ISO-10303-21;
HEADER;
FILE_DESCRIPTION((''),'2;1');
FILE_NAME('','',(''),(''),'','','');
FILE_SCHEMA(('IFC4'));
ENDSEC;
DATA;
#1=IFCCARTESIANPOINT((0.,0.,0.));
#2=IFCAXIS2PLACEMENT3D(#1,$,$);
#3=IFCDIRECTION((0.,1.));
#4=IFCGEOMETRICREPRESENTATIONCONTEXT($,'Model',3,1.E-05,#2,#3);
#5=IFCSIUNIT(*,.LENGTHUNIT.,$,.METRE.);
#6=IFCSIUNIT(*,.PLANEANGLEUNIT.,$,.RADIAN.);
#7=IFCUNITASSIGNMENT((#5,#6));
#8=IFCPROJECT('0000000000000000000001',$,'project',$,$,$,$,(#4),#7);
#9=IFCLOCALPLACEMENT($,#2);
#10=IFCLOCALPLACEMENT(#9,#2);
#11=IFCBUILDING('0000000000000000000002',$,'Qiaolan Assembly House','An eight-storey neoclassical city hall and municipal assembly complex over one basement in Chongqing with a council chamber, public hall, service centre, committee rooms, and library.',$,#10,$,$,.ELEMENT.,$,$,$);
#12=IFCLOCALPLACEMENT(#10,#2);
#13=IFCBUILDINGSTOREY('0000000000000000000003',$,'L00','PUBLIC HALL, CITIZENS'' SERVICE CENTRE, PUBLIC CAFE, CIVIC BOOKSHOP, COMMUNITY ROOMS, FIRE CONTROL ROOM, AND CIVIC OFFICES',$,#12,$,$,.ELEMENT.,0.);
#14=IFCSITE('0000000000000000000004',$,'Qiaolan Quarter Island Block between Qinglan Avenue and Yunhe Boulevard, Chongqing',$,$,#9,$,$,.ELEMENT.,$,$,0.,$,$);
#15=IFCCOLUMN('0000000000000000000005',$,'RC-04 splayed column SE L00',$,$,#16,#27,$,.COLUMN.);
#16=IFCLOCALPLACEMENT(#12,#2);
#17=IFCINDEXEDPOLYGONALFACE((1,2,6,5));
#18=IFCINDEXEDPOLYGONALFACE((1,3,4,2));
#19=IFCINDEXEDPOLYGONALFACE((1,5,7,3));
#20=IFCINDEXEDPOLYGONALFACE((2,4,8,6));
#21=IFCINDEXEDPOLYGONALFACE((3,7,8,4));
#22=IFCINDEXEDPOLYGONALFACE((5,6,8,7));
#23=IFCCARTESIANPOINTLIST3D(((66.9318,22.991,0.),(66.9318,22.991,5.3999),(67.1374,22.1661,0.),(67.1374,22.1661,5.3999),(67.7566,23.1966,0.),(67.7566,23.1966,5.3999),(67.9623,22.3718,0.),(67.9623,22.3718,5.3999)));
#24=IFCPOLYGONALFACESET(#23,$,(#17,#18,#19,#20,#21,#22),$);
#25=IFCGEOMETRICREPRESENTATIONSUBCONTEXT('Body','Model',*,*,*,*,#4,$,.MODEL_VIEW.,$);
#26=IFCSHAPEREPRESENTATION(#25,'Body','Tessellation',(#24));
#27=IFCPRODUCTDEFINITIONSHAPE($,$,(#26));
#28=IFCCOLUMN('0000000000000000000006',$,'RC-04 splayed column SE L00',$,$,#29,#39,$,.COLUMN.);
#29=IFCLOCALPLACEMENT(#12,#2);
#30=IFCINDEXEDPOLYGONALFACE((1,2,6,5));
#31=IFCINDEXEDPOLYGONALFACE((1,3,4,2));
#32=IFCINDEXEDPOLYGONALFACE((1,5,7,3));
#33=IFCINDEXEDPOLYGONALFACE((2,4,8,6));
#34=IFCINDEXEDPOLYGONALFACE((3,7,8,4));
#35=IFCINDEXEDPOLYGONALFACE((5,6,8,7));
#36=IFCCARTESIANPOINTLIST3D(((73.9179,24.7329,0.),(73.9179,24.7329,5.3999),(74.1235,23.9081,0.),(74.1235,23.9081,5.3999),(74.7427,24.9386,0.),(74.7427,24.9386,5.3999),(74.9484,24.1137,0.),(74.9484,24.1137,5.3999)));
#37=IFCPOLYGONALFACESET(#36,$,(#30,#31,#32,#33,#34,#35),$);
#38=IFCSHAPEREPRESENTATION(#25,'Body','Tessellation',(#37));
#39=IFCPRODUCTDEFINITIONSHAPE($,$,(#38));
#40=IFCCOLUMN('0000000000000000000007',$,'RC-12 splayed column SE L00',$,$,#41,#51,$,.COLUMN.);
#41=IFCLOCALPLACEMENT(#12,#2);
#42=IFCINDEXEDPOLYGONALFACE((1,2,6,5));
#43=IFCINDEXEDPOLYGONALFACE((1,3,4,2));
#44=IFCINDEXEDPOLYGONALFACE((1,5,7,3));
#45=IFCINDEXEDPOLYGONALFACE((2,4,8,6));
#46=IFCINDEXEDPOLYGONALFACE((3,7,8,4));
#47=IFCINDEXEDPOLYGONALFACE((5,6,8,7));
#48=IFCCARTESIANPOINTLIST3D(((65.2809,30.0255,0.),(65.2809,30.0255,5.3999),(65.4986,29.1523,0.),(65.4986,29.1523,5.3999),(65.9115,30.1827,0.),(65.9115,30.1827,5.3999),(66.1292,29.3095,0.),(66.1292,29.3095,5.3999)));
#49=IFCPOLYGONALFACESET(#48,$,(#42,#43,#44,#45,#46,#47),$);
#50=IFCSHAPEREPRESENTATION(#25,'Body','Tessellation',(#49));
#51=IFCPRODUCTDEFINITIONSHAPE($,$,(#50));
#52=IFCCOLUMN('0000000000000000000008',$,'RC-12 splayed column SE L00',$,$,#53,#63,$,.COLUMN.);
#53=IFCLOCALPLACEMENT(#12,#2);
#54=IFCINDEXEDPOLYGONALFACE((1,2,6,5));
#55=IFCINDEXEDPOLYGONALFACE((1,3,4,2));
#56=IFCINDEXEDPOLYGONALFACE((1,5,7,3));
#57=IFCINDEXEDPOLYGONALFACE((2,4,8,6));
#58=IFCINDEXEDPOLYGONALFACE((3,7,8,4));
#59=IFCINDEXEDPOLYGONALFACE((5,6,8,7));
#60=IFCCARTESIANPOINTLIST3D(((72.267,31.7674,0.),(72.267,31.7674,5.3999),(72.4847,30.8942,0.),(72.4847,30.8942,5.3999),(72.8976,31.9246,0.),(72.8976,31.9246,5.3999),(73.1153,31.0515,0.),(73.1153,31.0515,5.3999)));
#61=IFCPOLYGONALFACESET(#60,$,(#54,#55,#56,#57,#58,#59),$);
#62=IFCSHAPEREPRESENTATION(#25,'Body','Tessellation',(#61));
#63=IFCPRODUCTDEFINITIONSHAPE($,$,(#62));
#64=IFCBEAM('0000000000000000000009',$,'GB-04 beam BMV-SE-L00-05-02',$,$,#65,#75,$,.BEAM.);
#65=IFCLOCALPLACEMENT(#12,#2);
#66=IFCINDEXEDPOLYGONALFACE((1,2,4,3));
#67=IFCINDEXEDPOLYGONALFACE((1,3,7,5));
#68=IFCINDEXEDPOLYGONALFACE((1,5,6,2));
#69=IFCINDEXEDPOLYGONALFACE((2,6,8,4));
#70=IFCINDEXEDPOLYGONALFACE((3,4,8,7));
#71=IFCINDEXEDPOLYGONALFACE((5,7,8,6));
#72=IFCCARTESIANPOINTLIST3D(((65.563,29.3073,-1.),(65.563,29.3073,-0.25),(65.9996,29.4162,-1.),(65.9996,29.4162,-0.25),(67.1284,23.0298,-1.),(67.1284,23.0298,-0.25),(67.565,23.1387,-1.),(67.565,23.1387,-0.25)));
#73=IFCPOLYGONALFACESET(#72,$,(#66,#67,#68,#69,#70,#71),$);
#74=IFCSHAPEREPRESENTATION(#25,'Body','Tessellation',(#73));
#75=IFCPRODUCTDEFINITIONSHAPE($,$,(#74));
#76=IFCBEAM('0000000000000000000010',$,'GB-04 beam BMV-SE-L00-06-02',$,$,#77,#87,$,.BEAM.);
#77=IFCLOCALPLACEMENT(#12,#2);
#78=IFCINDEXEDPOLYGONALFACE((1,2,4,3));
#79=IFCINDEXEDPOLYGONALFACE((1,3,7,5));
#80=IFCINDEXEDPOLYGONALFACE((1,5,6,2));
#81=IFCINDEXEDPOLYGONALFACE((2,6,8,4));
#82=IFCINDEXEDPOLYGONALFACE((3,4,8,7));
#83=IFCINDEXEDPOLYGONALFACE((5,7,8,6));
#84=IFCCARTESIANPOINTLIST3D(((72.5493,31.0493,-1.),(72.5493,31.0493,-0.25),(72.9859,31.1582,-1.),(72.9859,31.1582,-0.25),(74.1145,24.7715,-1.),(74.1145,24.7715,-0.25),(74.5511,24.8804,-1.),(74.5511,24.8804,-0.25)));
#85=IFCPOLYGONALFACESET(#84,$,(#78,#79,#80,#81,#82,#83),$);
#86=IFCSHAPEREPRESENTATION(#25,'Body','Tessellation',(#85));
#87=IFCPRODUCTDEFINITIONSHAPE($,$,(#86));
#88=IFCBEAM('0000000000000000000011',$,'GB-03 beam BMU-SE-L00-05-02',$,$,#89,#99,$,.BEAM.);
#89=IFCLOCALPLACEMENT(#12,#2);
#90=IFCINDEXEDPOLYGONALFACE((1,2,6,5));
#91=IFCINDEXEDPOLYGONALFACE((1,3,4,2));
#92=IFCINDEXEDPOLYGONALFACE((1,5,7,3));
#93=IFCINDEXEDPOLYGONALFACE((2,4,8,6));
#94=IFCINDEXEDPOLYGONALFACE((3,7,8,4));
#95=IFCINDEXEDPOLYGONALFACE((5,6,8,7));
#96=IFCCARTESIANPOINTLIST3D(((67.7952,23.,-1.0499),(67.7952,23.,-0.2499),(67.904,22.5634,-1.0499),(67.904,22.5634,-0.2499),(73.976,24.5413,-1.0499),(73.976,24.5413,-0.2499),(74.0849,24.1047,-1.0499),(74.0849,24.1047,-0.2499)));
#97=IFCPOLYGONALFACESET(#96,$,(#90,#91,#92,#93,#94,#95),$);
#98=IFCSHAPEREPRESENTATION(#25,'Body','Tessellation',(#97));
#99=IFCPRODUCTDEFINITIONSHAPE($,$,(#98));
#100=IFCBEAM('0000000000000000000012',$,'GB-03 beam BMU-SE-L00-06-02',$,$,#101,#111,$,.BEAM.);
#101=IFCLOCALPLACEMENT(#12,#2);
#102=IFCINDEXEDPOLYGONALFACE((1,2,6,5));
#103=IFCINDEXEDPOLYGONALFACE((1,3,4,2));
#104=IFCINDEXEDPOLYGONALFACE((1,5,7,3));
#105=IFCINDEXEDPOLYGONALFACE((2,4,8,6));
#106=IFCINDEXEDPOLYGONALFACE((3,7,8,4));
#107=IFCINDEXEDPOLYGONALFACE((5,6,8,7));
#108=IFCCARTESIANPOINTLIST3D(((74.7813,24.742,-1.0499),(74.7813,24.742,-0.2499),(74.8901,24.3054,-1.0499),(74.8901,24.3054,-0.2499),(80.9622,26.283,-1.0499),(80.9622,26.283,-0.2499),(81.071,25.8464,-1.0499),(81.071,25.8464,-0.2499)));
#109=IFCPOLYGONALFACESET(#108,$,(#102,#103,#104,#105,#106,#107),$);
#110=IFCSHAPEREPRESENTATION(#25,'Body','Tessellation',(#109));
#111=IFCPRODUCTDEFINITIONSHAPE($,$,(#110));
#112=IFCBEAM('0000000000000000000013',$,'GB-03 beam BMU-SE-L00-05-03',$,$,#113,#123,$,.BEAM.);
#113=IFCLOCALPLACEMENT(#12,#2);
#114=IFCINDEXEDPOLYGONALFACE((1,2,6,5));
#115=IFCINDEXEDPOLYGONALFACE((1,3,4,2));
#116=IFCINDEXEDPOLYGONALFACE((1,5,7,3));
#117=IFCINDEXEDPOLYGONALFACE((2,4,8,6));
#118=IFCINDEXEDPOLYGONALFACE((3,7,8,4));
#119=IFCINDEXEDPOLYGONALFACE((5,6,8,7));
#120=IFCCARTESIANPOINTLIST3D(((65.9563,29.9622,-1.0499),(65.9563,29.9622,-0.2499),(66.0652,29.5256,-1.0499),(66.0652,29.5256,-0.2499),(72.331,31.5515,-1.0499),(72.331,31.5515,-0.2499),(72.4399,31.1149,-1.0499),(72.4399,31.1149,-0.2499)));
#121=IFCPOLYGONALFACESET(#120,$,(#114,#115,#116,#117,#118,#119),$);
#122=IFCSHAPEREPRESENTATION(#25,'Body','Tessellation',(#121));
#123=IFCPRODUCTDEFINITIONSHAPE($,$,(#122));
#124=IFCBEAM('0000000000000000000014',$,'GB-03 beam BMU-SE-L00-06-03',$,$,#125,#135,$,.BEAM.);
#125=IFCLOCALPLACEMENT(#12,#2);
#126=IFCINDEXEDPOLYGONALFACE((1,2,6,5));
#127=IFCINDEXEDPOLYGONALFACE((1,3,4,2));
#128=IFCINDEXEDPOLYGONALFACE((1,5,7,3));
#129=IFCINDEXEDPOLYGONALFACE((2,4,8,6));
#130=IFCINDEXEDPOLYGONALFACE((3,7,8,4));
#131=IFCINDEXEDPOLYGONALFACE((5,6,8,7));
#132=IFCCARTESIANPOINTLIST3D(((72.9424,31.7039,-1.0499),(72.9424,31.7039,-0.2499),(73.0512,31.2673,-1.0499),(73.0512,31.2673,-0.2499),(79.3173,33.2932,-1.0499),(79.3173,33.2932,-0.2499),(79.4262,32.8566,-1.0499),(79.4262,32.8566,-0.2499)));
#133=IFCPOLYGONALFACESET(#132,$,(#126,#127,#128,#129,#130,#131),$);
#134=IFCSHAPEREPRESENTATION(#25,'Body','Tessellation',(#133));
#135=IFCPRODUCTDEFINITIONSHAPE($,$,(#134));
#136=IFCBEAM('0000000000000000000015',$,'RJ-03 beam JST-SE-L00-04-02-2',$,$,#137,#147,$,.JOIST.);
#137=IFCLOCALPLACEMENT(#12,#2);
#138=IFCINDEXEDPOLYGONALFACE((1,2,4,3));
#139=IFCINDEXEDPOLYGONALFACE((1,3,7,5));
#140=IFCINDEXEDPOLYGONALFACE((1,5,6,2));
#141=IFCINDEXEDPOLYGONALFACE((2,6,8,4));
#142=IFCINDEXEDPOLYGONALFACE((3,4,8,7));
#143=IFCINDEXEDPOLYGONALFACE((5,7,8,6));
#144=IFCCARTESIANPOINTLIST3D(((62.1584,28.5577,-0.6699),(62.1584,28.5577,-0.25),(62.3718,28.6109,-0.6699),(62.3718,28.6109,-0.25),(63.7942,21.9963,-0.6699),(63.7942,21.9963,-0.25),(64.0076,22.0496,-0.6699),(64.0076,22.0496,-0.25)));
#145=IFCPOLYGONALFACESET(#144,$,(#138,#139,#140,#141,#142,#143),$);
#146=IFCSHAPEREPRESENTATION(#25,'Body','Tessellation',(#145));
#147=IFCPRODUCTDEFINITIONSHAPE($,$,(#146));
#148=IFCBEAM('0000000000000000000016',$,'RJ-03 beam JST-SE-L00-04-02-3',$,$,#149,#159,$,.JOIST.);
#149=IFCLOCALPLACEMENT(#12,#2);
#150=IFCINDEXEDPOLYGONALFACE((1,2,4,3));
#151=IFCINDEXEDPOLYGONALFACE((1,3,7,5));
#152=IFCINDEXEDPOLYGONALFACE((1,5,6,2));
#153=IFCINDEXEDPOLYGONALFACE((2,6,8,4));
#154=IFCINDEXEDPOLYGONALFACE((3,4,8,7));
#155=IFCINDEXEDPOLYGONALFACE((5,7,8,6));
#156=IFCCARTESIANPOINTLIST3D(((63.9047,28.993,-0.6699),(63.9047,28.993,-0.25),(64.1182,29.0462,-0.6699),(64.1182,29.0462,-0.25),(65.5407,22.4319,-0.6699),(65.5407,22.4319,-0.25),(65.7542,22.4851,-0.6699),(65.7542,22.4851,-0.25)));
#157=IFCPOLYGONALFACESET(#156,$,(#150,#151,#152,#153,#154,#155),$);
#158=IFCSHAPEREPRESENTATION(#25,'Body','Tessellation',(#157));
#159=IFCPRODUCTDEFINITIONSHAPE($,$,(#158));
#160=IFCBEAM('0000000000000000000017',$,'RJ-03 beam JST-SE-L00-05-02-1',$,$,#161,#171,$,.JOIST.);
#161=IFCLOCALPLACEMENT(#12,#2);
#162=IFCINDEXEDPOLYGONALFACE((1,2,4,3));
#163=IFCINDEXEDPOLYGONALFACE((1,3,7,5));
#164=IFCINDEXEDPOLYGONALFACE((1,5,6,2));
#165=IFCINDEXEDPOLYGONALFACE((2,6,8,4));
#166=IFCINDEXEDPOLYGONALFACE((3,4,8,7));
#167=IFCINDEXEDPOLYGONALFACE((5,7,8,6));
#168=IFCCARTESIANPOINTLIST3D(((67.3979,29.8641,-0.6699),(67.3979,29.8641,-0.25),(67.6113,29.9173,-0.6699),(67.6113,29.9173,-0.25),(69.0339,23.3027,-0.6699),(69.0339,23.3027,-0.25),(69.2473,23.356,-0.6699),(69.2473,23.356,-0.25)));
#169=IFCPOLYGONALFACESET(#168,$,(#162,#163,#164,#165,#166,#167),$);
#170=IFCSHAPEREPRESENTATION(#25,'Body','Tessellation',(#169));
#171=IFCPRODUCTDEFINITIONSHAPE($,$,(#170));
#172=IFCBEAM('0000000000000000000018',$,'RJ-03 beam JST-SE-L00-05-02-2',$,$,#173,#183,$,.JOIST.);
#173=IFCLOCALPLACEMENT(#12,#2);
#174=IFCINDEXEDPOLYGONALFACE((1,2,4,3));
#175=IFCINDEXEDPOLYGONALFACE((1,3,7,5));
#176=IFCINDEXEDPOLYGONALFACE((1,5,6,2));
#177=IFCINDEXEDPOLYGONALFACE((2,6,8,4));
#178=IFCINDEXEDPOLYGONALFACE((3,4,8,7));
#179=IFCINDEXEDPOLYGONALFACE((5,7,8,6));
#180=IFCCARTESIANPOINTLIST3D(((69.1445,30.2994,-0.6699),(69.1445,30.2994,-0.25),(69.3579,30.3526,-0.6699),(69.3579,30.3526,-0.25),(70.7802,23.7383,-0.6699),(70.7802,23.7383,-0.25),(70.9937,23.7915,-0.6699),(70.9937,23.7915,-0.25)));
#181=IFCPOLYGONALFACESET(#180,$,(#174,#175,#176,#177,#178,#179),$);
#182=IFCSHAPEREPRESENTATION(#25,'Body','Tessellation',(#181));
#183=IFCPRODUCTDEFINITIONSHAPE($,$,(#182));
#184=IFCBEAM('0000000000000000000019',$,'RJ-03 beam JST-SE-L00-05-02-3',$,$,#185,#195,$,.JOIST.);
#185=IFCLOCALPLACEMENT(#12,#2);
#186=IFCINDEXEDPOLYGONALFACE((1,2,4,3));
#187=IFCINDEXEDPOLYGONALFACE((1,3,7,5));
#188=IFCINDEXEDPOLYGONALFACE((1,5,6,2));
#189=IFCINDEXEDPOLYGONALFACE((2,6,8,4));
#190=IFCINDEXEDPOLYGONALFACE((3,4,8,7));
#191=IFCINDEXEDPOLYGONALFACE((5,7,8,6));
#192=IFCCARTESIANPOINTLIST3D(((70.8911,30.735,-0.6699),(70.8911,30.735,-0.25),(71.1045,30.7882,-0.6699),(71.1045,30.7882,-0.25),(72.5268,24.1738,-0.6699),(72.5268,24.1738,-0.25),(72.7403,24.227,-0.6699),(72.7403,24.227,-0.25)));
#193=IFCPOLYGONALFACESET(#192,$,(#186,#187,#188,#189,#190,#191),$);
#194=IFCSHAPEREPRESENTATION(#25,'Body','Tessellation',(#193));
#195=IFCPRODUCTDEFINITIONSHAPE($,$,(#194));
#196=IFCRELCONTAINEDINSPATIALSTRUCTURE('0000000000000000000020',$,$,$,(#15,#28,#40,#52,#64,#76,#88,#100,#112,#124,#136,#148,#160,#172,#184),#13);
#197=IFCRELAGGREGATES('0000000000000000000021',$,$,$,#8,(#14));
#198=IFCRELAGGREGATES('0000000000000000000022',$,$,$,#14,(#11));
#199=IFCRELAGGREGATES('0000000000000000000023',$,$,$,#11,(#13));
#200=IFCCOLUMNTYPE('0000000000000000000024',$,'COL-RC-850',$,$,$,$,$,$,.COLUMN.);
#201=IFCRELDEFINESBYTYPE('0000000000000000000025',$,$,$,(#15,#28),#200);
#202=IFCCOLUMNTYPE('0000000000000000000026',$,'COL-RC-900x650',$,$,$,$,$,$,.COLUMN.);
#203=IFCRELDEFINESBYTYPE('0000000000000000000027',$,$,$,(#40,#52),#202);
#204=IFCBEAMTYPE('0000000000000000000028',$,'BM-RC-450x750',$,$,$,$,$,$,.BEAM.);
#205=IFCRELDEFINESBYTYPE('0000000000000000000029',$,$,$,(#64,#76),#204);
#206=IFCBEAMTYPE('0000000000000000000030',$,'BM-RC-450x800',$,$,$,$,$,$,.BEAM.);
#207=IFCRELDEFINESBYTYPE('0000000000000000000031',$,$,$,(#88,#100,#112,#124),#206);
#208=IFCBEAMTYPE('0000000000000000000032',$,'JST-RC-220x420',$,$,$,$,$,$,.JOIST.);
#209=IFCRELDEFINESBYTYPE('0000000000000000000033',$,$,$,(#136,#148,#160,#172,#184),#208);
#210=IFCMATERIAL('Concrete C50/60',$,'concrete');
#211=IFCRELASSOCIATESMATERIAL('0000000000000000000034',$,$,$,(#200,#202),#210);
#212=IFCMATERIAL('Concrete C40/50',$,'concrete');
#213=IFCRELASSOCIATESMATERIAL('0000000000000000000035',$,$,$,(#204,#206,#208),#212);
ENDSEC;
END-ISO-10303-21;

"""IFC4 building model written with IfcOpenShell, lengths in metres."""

from ifc_helpers import new_model, si_unit, direction, frame, origin, origin_2d, place, context, subcontext, project, spatial, rectangle, extrude, material, material_profile, profile_set, type_object, element, save


model = new_model("IFC4")

# Units and contexts
model_context = context("Model", 3, precision=1e-05, world=origin(), true_north=direction((0.0, 1.0)))
body_context = subcontext(model_context, "Body", "Model", "MODEL_VIEW")
ifc_project = project(units=[si_unit("LENGTHUNIT", "METRE"), si_unit("PLANEANGLEUNIT", "RADIAN")], contexts=[model_context])

# Site, building, storey
site_placement = place(None, origin())
site = spatial("IfcSite", under=ifc_project, at=site_placement, Name="Qiaolan Quarter Island Block between Qinglan Avenue and Yunhe Boulevard, Chongqing", CompositionType="ELEMENT", RefElevation=0.0)
building_placement = place(site_placement, origin())
building = spatial("IfcBuilding", under=site, at=building_placement, Name="Qiaolan Assembly House", Description="An eight-storey neoclassical city hall and municipal assembly complex over one basement in Chongqing with a council chamber, public hall, service centre, committee rooms, and library.", CompositionType="ELEMENT")
storey_placement = place(building_placement, origin())
storey = spatial("IfcBuildingStorey", under=building, at=storey_placement, Name="L00", Description="PUBLIC HALL, CITIZENS' SERVICE CENTRE, PUBLIC CAFE, CIVIC BOOKSHOP, COMMUNITY ROOMS, FIRE CONTROL ROOM, AND CIVIC OFFICES", CompositionType="ELEMENT", Elevation=0.0)

# Columns
ifc_material_1 = material(Name="Concrete C50/60", Category="concrete")
ifc_material_profile_1 = material_profile(ifc_material_1, rectangle(XDim=0.8501, YDim=0.8501, at=origin_2d()), Name="RC 850x850")
ifc_profile_set_1 = profile_set([ifc_material_profile_1], Name="Concrete C50/60")
column_type_1 = type_object("IfcColumnType", Name="COL-RC-850", PredefinedType="COLUMN", material=ifc_profile_set_1)
for number, where, z_axis, x_axis, name in (
    (1, (67.447, 22.6814, 0.0), (0.0, 0.0, 1.0), (0.970296, 0.241922, 0.0), "RC-04 splayed column SE L00"),
    (2, (74.4331, 24.4233, 0.0), (0.0, 0.0, 1.0), (0.970296, 0.241922, 0.0), "RC-04 splayed column SE L00"),
):
    element("IfcColumn", number, at=place(storey_placement, frame(where, z_axis=z_axis, x_axis=x_axis)), inside=storey, type_object=column_type_1, Name=name, PredefinedType="COLUMN", context=body_context, shape_type="SweptSolid", body=[
        extrude(rectangle(XDim=0.8501, YDim=0.8501, at=origin_2d()), origin(), (0.0, 0.0, 1.0), 5.3999),
    ])
ifc_material_profile_2 = material_profile(ifc_material_1, rectangle(XDim=0.6499, YDim=0.8999, at=origin_2d()), Name="RC 900x650")
ifc_profile_set_2 = profile_set([ifc_material_profile_2], Name="Concrete C50/60")
column_type_2 = type_object("IfcColumnType", Name="COL-RC-900x650", PredefinedType="COLUMN", material=ifc_profile_set_2)
for number, where, z_axis, x_axis, name in (
    (3, (65.7051, 29.6675, 0.0), (0.0, 0.0, 1.0), (0.970296, 0.241922, 0.0), "RC-12 splayed column SE L00"),
    (4, (72.6912, 31.4094, 0.0), (0.0, 0.0, 1.0), (0.970296, 0.241922, 0.0), "RC-12 splayed column SE L00"),
):
    element("IfcColumn", number, at=place(storey_placement, frame(where, z_axis=z_axis, x_axis=x_axis)), inside=storey, type_object=column_type_2, Name=name, PredefinedType="COLUMN", context=body_context, shape_type="SweptSolid", body=[
        extrude(rectangle(XDim=0.6499, YDim=0.8999, at=origin_2d()), origin(), (0.0, 0.0, 1.0), 5.3999),
    ])

# Beams
ifc_material_2 = material(Name="Concrete C40/50", Category="concrete")
ifc_material_profile_3 = material_profile(ifc_material_2, rectangle(XDim=0.45, YDim=0.75, at=origin_2d()), Name="RCB 450x750")
ifc_profile_set_3 = profile_set([ifc_material_profile_3], Name="Concrete C40/50")
beam_type_1 = type_object("IfcBeamType", Name="BM-RC-450x750", PredefinedType="BEAM", material=ifc_profile_set_3)
beam_1_placement = place(storey_placement, frame((67.3467, 23.0842, -0.625), z_axis=(-0.241958, 0.970287, 0.0), x_axis=(-0.970287, -0.241958, 0.0)))
element("IfcBeam", 5, at=beam_1_placement, inside=storey, type_object=beam_type_1, Name="GB-04 beam BMV-SE-L00-05-02", PredefinedType="BEAM", context=body_context, shape_type="SweptSolid", body=[
    extrude(rectangle(XDim=0.45, YDim=0.75, at=origin_2d()), origin(), (0.0, 0.0, 1.0), 6.4697),
])
beam_2_placement = place(storey_placement, frame((74.3328, 24.8259, -0.625), z_axis=(-0.241914, 0.970298, 0.0), x_axis=(-0.970298, -0.241914, 0.0)))
element("IfcBeam", 6, at=beam_2_placement, inside=storey, type_object=beam_type_1, Name="GB-04 beam BMV-SE-L00-06-02", PredefinedType="BEAM", context=body_context, shape_type="SweptSolid", body=[
    extrude(rectangle(XDim=0.45, YDim=0.75, at=origin_2d()), origin(), (0.0, 0.0, 1.0), 6.47),
])
ifc_material_profile_4 = material_profile(ifc_material_2, rectangle(XDim=0.45, YDim=0.8, at=origin_2d()), Name="RCB 450x800")
ifc_profile_set_4 = profile_set([ifc_material_profile_4], Name="Concrete C40/50")
beam_type_2 = type_object("IfcBeamType", Name="BM-RC-450x800", PredefinedType="BEAM", material=ifc_profile_set_4)
for number, where, z_axis, x_axis, name in (
    (7, (67.8496, 22.7817, -0.6499), (0.970289, 0.241949, 0.0), (-0.241949, 0.970289, 0.0), "GB-03 beam BMU-SE-L00-05-02"),
    (8, (74.8357, 24.5237, -0.6499), (0.970298, 0.241913, 0.0), (-0.241913, 0.970298, 0.0), "GB-03 beam BMU-SE-L00-06-02"),
):
    element("IfcBeam", number, at=place(storey_placement, frame(where, z_axis=z_axis, x_axis=x_axis)), inside=storey, type_object=beam_type_2, Name=name, PredefinedType="BEAM", context=body_context, shape_type="SweptSolid", body=[
        extrude(rectangle(XDim=0.45, YDim=0.8, at=origin_2d()), origin(), (0.0, 0.0, 1.0), 6.3701),
    ])
beam_3_placement = place(storey_placement, frame((66.0107, 29.7439, -0.6499), z_axis=(0.970298, 0.241915, 0.0), x_axis=(-0.241915, 0.970298, 0.0)))
element("IfcBeam", 9, at=beam_3_placement, inside=storey, type_object=beam_type_2, Name="GB-03 beam BMU-SE-L00-05-03", PredefinedType="BEAM", context=body_context, shape_type="SweptSolid", body=[
    extrude(rectangle(XDim=0.45, YDim=0.8, at=origin_2d()), origin(), (0.0, 0.0, 1.0), 6.5698),
])
beam_4_placement = place(storey_placement, frame((72.9968, 31.4856, -0.6499), z_axis=(0.9703, 0.241906, 0.0), x_axis=(-0.241906, 0.9703, 0.0)))
element("IfcBeam", 10, at=beam_4_placement, inside=storey, type_object=beam_type_2, Name="GB-03 beam BMU-SE-L00-06-03", PredefinedType="BEAM", context=body_context, shape_type="SweptSolid", body=[
    extrude(rectangle(XDim=0.45, YDim=0.8, at=origin_2d()), origin(), (0.0, 0.0, 1.0), 6.5701),
])
ifc_material_profile_5 = material_profile(ifc_material_2, rectangle(XDim=0.22, YDim=0.4199, at=origin_2d()), Name="RCB 220x420")
ifc_profile_set_5 = profile_set([ifc_material_profile_5], Name="Concrete C40/50")
beam_type_3 = type_object("IfcBeamType", Name="JST-RC-220x420", PredefinedType="JOIST", material=ifc_profile_set_5)
beam_5_placement = place(storey_placement, frame((63.9009, 22.0229, -0.46), z_axis=(-0.241898, 0.970302, 0.0), x_axis=(-0.970302, -0.241898, 0.0)))
element("IfcBeam", 11, at=beam_5_placement, inside=storey, type_object=beam_type_3, Name="RJ-03 beam JST-SE-L00-04-02-2", PredefinedType="JOIST", context=body_context, shape_type="SweptSolid", body=[
    extrude(rectangle(XDim=0.22, YDim=0.4199, at=origin_2d()), origin(), (0.0, 0.0, 1.0), 6.7622),
])
beam_6_placement = place(storey_placement, frame((65.6475, 22.4585, -0.46), z_axis=(-0.241941, 0.970291, 0.0), x_axis=(-0.970291, -0.241941, 0.0)))
element("IfcBeam", 12, at=beam_6_placement, inside=storey, type_object=beam_type_3, Name="RJ-03 beam JST-SE-L00-04-02-3", PredefinedType="JOIST", context=body_context, shape_type="SweptSolid", body=[
    extrude(rectangle(XDim=0.22, YDim=0.4199, at=origin_2d()), origin(), (0.0, 0.0, 1.0), 6.762),
])
beam_7_placement = place(storey_placement, frame((69.1406, 23.3293, -0.46), z_axis=(-0.241932, 0.970293, 0.0), x_axis=(-0.970293, -0.241932, 0.0)))
element("IfcBeam", 13, at=beam_7_placement, inside=storey, type_object=beam_type_3, Name="RJ-03 beam JST-SE-L00-05-02-1", PredefinedType="JOIST", context=body_context, shape_type="SweptSolid", body=[
    extrude(rectangle(XDim=0.22, YDim=0.4199, at=origin_2d()), origin(), (0.0, 0.0, 1.0), 6.7622),
])
for number, where, z_axis, x_axis, name in (
    (14, (70.887, 23.7649, -0.46), (-0.241907, 0.970299, 0.0), (-0.970299, -0.241907, 0.0), "RJ-03 beam JST-SE-L00-05-02-2"),
    (15, (72.6335, 24.2004, -0.46), (-0.241907, 0.970299, 0.0), (-0.970299, -0.241907, 0.0), "RJ-03 beam JST-SE-L00-05-02-3"),
):
    element("IfcBeam", number, at=place(storey_placement, frame(where, z_axis=z_axis, x_axis=x_axis)), inside=storey, type_object=beam_type_3, Name=name, PredefinedType="JOIST", context=body_context, shape_type="SweptSolid", body=[
        extrude(rectangle(XDim=0.22, YDim=0.4199, at=origin_2d()), origin(), (0.0, 0.0, 1.0), 6.762),
    ])

save(model, "model.ifc")
